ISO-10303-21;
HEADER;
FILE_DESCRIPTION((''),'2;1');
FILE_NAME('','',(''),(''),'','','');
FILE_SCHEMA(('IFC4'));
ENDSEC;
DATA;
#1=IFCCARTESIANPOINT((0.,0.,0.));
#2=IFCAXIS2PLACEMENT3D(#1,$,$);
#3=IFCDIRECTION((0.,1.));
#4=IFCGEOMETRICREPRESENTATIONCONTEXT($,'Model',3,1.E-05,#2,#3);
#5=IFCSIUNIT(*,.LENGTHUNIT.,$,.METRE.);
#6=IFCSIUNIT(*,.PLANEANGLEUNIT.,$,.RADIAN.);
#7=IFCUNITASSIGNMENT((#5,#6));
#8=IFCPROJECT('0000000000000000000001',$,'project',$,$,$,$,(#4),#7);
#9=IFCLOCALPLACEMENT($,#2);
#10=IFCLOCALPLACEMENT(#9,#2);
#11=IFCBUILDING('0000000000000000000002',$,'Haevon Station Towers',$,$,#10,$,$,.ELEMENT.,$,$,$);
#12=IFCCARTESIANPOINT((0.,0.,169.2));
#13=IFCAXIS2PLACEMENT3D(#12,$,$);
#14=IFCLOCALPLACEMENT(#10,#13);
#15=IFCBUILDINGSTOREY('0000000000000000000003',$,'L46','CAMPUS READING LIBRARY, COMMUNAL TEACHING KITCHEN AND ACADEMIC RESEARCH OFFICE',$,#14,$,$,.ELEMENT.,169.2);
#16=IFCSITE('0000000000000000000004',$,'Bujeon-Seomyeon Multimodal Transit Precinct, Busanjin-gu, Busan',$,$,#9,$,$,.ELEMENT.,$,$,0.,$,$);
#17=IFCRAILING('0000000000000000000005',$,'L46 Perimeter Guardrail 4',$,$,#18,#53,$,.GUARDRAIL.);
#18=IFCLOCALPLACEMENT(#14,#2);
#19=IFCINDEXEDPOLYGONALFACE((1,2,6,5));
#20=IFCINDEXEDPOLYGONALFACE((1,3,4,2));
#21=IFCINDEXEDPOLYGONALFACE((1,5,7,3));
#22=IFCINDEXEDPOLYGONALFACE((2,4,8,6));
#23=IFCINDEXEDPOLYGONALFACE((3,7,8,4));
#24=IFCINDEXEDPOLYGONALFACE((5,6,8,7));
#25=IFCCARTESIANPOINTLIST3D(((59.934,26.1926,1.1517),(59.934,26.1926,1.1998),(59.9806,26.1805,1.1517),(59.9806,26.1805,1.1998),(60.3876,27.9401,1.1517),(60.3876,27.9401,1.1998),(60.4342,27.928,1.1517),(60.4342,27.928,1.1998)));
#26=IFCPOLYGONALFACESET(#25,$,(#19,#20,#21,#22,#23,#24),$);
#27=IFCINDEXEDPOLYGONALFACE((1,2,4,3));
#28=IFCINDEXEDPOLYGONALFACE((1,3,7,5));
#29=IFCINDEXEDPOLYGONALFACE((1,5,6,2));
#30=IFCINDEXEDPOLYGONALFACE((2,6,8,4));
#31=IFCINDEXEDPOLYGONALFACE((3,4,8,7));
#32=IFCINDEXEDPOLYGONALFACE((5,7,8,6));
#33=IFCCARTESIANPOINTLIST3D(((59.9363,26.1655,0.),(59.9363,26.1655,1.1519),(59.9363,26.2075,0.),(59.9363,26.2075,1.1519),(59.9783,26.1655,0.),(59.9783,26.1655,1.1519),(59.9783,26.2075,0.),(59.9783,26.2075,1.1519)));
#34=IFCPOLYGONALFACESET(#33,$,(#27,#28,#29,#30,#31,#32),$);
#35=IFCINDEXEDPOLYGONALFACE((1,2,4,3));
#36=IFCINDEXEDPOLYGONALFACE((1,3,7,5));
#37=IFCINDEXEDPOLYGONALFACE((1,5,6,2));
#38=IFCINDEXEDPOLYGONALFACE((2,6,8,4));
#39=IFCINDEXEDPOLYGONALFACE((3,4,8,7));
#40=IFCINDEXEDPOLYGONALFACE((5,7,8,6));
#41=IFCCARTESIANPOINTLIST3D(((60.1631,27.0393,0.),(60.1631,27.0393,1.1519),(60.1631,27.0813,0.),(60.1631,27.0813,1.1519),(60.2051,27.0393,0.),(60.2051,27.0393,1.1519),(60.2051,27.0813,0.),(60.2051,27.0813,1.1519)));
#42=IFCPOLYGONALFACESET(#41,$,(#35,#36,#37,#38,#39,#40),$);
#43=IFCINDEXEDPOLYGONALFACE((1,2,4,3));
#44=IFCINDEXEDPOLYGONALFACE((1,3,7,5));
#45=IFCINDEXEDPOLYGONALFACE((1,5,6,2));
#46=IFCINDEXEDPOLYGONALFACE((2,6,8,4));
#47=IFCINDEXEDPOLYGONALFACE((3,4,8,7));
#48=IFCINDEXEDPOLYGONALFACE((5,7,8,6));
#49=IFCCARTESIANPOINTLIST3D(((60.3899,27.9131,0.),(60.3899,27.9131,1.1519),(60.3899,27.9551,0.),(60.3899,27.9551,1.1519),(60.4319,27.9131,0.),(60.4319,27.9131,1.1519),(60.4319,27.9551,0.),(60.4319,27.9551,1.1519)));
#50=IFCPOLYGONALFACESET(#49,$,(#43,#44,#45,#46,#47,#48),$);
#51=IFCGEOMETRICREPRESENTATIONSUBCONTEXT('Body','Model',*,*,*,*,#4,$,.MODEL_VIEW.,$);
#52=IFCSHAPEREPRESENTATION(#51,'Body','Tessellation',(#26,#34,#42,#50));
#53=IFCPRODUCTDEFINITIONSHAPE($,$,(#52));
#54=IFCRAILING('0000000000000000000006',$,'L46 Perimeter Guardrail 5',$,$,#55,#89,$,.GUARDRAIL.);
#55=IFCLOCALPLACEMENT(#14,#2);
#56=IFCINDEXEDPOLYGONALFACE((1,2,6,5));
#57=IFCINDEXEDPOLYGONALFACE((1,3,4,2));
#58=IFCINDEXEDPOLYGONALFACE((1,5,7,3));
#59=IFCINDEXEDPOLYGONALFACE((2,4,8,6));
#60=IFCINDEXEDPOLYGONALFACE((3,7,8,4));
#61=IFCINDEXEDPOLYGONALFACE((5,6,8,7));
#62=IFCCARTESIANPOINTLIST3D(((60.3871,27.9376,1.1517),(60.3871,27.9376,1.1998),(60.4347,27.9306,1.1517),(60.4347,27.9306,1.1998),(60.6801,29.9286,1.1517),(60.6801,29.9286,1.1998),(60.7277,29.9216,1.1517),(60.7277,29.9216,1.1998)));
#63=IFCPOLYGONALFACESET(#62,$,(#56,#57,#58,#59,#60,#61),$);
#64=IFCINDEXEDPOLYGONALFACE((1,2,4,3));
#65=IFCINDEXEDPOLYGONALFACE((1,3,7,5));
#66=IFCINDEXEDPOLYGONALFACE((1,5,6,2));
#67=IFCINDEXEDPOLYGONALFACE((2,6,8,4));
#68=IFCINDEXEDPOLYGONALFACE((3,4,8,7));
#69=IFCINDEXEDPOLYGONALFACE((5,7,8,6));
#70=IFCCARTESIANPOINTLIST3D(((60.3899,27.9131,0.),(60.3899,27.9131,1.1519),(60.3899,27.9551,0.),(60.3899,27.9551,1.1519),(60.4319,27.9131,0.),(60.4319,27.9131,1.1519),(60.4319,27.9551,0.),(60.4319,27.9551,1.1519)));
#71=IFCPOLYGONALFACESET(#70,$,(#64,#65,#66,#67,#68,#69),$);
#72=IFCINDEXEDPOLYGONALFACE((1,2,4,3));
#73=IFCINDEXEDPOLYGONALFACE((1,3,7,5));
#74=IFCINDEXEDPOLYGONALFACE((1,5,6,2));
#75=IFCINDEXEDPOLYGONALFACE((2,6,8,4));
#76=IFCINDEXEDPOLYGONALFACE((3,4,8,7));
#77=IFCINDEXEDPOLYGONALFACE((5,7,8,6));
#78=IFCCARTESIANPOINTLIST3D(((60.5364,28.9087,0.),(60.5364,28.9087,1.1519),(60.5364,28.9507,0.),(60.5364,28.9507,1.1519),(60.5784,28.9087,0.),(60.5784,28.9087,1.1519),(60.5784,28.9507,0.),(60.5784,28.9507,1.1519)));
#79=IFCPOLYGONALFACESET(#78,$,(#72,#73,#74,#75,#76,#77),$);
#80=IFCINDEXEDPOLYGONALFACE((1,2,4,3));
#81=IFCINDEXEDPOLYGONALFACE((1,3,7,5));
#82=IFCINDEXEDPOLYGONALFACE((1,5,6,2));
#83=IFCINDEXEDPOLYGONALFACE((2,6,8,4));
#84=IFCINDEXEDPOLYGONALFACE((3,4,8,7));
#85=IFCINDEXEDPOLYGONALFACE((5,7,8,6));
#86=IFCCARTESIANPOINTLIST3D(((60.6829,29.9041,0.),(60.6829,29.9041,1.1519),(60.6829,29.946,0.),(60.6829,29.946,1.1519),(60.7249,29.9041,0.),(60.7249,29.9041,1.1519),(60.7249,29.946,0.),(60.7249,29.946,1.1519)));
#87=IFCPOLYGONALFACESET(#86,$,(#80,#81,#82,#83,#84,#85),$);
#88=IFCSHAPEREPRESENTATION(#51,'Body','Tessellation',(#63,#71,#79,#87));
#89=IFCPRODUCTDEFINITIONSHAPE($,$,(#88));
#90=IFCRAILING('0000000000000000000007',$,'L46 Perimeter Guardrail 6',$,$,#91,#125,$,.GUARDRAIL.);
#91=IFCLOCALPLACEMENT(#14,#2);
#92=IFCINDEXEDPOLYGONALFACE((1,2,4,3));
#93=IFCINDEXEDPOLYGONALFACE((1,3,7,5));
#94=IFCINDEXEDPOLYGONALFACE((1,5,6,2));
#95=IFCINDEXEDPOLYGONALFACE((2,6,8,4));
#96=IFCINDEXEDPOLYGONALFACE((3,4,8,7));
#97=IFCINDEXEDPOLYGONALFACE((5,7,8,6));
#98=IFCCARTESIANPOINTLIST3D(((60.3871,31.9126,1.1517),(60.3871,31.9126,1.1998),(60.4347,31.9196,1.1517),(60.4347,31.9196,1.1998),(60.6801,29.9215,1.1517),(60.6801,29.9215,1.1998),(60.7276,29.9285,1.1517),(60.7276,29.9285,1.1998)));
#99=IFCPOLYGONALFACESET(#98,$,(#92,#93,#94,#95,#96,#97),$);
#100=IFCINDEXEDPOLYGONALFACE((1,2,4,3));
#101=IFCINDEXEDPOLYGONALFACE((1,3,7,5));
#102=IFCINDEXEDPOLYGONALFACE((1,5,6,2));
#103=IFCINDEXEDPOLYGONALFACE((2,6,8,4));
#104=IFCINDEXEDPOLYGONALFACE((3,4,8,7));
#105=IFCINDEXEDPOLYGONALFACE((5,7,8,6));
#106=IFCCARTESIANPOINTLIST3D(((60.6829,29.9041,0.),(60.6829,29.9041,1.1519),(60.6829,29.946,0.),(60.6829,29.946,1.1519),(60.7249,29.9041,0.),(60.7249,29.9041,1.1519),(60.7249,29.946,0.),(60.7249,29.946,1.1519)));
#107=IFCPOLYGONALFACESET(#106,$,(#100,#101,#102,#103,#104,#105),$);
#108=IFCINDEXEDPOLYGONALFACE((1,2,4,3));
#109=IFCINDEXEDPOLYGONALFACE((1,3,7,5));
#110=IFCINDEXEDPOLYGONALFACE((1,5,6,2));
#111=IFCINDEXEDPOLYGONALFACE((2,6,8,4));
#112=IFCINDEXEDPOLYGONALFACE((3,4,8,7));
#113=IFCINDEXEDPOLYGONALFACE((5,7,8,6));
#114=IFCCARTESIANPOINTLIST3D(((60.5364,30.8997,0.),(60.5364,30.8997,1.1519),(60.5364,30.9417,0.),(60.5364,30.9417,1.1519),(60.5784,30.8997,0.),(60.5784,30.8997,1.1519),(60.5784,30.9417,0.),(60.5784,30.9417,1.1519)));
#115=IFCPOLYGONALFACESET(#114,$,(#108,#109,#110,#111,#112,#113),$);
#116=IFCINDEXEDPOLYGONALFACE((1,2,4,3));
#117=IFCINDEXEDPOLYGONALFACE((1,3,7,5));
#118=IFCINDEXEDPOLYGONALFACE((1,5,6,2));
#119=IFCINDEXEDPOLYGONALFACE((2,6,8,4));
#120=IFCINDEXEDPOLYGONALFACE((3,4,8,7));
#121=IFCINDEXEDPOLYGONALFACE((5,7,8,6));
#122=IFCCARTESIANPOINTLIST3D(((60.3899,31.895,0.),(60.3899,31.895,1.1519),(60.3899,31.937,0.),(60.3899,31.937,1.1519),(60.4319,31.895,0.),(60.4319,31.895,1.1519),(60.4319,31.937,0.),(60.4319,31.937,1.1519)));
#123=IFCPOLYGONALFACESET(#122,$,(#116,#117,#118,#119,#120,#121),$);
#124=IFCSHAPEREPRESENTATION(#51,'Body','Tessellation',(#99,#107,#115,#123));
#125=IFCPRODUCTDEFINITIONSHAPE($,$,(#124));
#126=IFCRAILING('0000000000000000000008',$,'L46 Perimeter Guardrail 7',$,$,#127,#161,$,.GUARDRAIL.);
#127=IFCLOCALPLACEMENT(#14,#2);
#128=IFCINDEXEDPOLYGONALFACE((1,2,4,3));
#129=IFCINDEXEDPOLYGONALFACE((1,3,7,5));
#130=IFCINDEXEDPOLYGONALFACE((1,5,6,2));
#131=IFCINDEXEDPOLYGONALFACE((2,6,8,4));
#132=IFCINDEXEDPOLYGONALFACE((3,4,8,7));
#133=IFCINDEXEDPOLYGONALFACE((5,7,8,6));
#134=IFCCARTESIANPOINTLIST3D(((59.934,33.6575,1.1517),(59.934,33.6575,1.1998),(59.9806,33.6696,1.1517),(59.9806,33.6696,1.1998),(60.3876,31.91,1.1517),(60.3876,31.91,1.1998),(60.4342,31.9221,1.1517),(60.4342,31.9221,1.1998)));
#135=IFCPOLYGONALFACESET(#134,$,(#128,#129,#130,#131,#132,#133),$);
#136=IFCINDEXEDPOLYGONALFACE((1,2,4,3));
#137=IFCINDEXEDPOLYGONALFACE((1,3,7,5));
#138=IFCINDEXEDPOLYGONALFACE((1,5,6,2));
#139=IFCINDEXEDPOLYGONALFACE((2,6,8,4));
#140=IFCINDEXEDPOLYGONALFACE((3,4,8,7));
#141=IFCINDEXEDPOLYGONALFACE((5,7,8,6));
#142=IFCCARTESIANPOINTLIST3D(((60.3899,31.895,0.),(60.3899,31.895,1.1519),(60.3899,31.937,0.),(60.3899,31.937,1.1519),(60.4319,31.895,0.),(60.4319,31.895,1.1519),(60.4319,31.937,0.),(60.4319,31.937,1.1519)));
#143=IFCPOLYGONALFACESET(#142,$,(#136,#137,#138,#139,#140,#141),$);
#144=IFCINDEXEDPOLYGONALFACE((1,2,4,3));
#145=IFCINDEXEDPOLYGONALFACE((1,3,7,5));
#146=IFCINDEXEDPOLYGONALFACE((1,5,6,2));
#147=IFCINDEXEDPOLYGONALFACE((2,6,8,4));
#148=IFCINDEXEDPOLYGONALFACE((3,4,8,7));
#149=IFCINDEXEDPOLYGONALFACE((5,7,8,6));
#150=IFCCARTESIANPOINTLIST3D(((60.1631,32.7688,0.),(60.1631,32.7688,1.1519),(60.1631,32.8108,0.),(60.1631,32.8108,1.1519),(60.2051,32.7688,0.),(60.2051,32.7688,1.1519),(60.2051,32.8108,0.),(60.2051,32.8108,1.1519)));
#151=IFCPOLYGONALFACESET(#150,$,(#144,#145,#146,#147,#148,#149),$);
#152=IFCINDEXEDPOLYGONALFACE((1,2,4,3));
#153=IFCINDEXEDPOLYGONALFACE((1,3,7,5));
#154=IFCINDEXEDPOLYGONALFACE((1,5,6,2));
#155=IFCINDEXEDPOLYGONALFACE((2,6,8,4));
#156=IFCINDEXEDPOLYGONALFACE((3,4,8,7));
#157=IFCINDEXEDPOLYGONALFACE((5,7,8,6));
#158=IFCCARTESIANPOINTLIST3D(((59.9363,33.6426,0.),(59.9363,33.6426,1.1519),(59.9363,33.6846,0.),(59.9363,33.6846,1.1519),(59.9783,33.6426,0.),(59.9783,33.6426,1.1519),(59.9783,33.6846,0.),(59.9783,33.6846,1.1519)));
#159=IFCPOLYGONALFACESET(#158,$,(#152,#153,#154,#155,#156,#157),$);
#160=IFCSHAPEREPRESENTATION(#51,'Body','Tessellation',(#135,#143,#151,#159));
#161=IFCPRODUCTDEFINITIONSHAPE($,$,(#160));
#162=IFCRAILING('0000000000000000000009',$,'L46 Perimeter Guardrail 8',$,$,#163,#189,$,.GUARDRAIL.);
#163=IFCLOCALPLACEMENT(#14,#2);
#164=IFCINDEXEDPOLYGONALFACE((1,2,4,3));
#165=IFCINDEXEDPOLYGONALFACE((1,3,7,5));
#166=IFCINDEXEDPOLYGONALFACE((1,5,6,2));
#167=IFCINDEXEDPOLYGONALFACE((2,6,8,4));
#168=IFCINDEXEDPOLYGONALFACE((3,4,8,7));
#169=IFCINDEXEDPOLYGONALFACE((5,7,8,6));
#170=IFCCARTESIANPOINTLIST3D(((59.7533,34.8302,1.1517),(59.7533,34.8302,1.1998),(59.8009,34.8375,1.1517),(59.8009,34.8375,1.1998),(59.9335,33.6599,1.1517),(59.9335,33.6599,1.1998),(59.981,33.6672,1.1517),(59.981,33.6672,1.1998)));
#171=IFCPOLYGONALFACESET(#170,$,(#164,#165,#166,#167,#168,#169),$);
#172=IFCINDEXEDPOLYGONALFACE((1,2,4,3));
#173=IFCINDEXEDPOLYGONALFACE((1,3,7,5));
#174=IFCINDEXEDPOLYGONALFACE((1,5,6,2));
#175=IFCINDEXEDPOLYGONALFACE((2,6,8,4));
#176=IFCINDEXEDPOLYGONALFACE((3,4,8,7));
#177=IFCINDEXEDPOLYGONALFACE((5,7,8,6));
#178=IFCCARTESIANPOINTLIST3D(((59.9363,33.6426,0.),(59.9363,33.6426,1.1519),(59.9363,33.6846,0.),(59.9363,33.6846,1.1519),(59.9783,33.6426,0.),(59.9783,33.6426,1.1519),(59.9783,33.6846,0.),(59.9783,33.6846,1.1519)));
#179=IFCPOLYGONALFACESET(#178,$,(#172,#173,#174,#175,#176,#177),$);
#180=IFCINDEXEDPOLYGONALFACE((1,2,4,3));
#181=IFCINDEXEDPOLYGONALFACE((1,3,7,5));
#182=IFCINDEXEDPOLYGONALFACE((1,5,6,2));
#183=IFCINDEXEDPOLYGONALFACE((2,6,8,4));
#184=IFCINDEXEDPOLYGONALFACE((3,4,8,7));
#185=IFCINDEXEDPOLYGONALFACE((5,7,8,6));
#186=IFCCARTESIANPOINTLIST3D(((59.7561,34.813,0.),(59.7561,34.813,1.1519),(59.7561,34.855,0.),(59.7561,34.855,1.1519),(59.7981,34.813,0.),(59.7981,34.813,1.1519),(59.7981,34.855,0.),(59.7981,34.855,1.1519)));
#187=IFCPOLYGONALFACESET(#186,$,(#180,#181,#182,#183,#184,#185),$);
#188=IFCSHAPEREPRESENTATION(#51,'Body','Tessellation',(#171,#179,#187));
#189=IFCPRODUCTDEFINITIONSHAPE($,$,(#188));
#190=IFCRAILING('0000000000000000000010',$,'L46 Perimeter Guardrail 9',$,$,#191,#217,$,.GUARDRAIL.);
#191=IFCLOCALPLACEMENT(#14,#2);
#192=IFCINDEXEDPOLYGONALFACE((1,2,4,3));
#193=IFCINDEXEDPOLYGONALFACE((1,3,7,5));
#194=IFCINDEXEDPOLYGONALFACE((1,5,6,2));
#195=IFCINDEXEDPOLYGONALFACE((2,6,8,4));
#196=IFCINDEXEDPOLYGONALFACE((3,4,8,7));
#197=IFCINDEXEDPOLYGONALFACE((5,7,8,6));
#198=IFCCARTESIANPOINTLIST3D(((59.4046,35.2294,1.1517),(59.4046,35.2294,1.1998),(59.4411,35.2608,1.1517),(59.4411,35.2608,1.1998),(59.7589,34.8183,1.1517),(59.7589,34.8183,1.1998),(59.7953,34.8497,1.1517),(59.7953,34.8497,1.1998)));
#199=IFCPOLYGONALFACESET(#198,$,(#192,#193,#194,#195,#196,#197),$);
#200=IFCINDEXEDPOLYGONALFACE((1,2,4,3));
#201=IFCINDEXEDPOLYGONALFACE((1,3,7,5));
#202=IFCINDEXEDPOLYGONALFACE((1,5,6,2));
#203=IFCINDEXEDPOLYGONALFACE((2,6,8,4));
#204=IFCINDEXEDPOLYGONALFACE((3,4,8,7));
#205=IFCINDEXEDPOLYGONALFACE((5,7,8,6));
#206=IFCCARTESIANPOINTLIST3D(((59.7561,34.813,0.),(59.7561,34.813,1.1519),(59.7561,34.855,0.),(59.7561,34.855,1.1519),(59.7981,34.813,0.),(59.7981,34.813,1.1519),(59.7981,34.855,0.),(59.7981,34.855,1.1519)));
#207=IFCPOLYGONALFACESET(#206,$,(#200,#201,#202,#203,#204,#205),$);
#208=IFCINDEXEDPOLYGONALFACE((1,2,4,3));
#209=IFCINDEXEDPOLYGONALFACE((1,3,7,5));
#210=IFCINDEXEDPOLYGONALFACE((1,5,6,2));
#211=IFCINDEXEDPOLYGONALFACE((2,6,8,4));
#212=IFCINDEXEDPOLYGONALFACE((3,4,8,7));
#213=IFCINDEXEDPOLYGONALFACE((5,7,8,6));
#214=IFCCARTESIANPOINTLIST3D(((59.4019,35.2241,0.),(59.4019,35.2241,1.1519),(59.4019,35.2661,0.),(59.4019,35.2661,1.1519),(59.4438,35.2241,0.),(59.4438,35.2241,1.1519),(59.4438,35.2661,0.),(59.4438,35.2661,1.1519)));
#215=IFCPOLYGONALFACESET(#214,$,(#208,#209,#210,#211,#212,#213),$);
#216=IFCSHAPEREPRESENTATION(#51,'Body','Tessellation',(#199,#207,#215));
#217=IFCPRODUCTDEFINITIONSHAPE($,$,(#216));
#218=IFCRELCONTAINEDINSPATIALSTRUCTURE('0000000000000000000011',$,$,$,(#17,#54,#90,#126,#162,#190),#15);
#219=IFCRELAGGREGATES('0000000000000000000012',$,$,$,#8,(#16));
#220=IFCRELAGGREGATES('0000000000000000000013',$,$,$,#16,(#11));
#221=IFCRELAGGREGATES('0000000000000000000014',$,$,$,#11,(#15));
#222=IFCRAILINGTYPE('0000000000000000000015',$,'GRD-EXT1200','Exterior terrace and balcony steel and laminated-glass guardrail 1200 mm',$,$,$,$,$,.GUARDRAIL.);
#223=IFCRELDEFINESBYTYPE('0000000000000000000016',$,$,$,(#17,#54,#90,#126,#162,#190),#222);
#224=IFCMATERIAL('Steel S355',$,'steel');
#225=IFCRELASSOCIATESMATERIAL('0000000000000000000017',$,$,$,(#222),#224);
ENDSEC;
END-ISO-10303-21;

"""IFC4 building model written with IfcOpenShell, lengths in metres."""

from ifc_helpers import new_model, si_unit, direction, frame, origin, origin_2d, place, context, subcontext, project, spatial, rectangle, extrude, material, type_object, element, save


model = new_model("IFC4")

# Units and contexts
model_context = context("Model", 3, precision=1e-05, world=origin(), true_north=direction((0.0, 1.0)))
body_context = subcontext(model_context, "Body", "Model", "MODEL_VIEW")
ifc_project = project(units=[si_unit("LENGTHUNIT", "METRE"), si_unit("PLANEANGLEUNIT", "RADIAN")], contexts=[model_context])

# Site, building, storey
site_placement = place(None, origin())
site = spatial("IfcSite", under=ifc_project, at=site_placement, Name="Bujeon-Seomyeon Multimodal Transit Precinct, Busanjin-gu, Busan", CompositionType="ELEMENT", RefElevation=0.0)
building_placement = place(site_placement, origin())
building = spatial("IfcBuilding", under=site, at=building_placement, Name="Haevon Station Towers", CompositionType="ELEMENT")
storey_placement = place(building_placement, frame((0.0, 0.0, 169.2)))
storey = spatial("IfcBuildingStorey", under=building, at=storey_placement, Name="L46", Description="CAMPUS READING LIBRARY, COMMUNAL TEACHING KITCHEN AND ACADEMIC RESEARCH OFFICE", CompositionType="ELEMENT", Elevation=169.2)

# Shared definitions
ifc_material_1 = material(Name="Steel S355", Category="steel")

# Railings
railing_type = type_object("IfcRailingType", Name="GRD-EXT1200", Description="Exterior terrace and balcony steel and laminated-glass guardrail 1200 mm", PredefinedType="GUARDRAIL", material=ifc_material_1)
railing_1_placement = place(storey_placement, frame((59.9573, 26.1865, 0.0)))
element("IfcRailing", 1, at=railing_1_placement, inside=storey, type_object=railing_type, Name="L46 Perimeter Guardrail 4", PredefinedType="GUARDRAIL", context=body_context, shape_type="SweptSolid", body=[
    extrude(rectangle(XDim=0.0481, YDim=0.0481, at=origin_2d()), frame((0.0, 0.0, 1.1758), z_axis=(0.251244, 0.967924, 0.0), x_axis=(-0.967924, 0.251244, 0.0)), (0.0, 0.0, 1.0), 1.8054),
    extrude(rectangle(XDim=0.042, YDim=0.042, at=origin_2d()), origin(), (0.0, 0.0, 1.0), 1.1519),
    extrude(rectangle(XDim=0.042, YDim=0.042, at=origin_2d()), frame((0.2268, 0.8738, 0.0)), (0.0, 0.0, 1.0), 1.1519),
    extrude(rectangle(XDim=0.042, YDim=0.042, at=origin_2d()), frame((0.4536, 1.7476, 0.0)), (0.0, 0.0, 1.0), 1.1519),
])
railing_2_placement = place(storey_placement, frame((60.4109, 27.9341, 0.0)))
element("IfcRailing", 2, at=railing_2_placement, inside=storey, type_object=railing_type, Name="L46 Perimeter Guardrail 5", PredefinedType="GUARDRAIL", context=body_context, shape_type="SweptSolid", body=[
    extrude(rectangle(XDim=0.0481, YDim=0.0481, at=origin_2d()), frame((0.0, 0.0, 1.1758), z_axis=(0.145581, 0.989346, 0.0), x_axis=(-0.989346, 0.145581, 0.0)), (0.0, 0.0, 1.0), 2.0125),
    extrude(rectangle(XDim=0.042, YDim=0.042, at=origin_2d()), origin(), (0.0, 0.0, 1.0), 1.1519),
    extrude(rectangle(XDim=0.042, YDim=0.042, at=origin_2d()), frame((0.1465, 0.9956, 0.0)), (0.0, 0.0, 1.0), 1.1519),
    extrude(rectangle(XDim=0.042, YDim=0.042, at=origin_2d()), frame((0.293, 1.991, 0.0)), (0.0, 0.0, 1.0), 1.1519),
])
railing_3_placement = place(storey_placement, frame((60.7039, 29.925, 0.0)))
element("IfcRailing", 3, at=railing_3_placement, inside=storey, type_object=railing_type, Name="L46 Perimeter Guardrail 6", PredefinedType="GUARDRAIL", context=body_context, shape_type="SweptSolid", body=[
    extrude(rectangle(XDim=0.0481, YDim=0.0481, at=origin_2d()), frame((0.0, 0.0, 1.1758), z_axis=(-0.145581, 0.989346, 0.0), x_axis=(-0.989346, -0.145581, 0.0)), (0.0, 0.0, 1.0), 2.0125),
    extrude(rectangle(XDim=0.042, YDim=0.042, at=origin_2d()), origin(), (0.0, 0.0, 1.0), 1.1519),
    extrude(rectangle(XDim=0.042, YDim=0.042, at=origin_2d()), frame((-0.1465, 0.9956, 0.0)), (0.0, 0.0, 1.0), 1.1519),
    extrude(rectangle(XDim=0.042, YDim=0.042, at=origin_2d()), frame((-0.293, 1.991, 0.0)), (0.0, 0.0, 1.0), 1.1519),
])
railing_4_placement = place(storey_placement, frame((60.4109, 31.916, 0.0)))
element("IfcRailing", 4, at=railing_4_placement, inside=storey, type_object=railing_type, Name="L46 Perimeter Guardrail 7", PredefinedType="GUARDRAIL", context=body_context, shape_type="SweptSolid", body=[
    extrude(rectangle(XDim=0.0481, YDim=0.0481, at=origin_2d()), frame((0.0, 0.0, 1.1758), z_axis=(-0.251244, 0.967924, 0.0), x_axis=(-0.967924, -0.251244, 0.0)), (0.0, 0.0, 1.0), 1.8054),
    extrude(rectangle(XDim=0.042, YDim=0.042, at=origin_2d()), origin(), (0.0, 0.0, 1.0), 1.1519),
    extrude(rectangle(XDim=0.042, YDim=0.042, at=origin_2d()), frame((-0.2268, 0.8738, 0.0)), (0.0, 0.0, 1.0), 1.1519),
    extrude(rectangle(XDim=0.042, YDim=0.042, at=origin_2d()), frame((-0.4536, 1.7476, 0.0)), (0.0, 0.0, 1.0), 1.1519),
])
railing_5_placement = place(storey_placement, frame((59.9573, 33.6636, 0.0)))
element("IfcRailing", 5, at=railing_5_placement, inside=storey, type_object=railing_type, Name="L46 Perimeter Guardrail 8", PredefinedType="GUARDRAIL", context=body_context, shape_type="SweptSolid", body=[
    extrude(rectangle(XDim=0.0481, YDim=0.0481, at=origin_2d()), frame((0.0, 0.0, 1.1758), z_axis=(-0.15215, 0.988357, 0.0), x_axis=(-0.988357, -0.15215, 0.0)), (0.0, 0.0, 1.0), 1.1841),
    extrude(rectangle(XDim=0.042, YDim=0.042, at=origin_2d()), origin(), (0.0, 0.0, 1.0), 1.1519),
    extrude(rectangle(XDim=0.042, YDim=0.042, at=origin_2d()), frame((-0.1802, 1.1704, 0.0)), (0.0, 0.0, 1.0), 1.1519),
])
railing_6_placement = place(storey_placement, frame((59.7771, 34.834, 0.0)))
element("IfcRailing", 6, at=railing_6_placement, inside=storey, type_object=railing_type, Name="L46 Perimeter Guardrail 9", PredefinedType="GUARDRAIL", context=body_context, shape_type="SweptSolid", body=[
    extrude(rectangle(XDim=0.0481, YDim=0.0481, at=origin_2d()), frame((0.0, 0.0, 1.1758), z_axis=(-0.652753, 0.757571, 0.0), x_axis=(-0.757571, -0.652753, 0.0)), (0.0, 0.0, 1.0), 0.5427),
    extrude(rectangle(XDim=0.042, YDim=0.042, at=origin_2d()), origin(), (0.0, 0.0, 1.0), 1.1519),
    extrude(rectangle(XDim=0.042, YDim=0.042, at=origin_2d()), frame((-0.3542, 0.4111, 0.0)), (0.0, 0.0, 1.0), 1.1519),
])

save(model, "model.ifc")
